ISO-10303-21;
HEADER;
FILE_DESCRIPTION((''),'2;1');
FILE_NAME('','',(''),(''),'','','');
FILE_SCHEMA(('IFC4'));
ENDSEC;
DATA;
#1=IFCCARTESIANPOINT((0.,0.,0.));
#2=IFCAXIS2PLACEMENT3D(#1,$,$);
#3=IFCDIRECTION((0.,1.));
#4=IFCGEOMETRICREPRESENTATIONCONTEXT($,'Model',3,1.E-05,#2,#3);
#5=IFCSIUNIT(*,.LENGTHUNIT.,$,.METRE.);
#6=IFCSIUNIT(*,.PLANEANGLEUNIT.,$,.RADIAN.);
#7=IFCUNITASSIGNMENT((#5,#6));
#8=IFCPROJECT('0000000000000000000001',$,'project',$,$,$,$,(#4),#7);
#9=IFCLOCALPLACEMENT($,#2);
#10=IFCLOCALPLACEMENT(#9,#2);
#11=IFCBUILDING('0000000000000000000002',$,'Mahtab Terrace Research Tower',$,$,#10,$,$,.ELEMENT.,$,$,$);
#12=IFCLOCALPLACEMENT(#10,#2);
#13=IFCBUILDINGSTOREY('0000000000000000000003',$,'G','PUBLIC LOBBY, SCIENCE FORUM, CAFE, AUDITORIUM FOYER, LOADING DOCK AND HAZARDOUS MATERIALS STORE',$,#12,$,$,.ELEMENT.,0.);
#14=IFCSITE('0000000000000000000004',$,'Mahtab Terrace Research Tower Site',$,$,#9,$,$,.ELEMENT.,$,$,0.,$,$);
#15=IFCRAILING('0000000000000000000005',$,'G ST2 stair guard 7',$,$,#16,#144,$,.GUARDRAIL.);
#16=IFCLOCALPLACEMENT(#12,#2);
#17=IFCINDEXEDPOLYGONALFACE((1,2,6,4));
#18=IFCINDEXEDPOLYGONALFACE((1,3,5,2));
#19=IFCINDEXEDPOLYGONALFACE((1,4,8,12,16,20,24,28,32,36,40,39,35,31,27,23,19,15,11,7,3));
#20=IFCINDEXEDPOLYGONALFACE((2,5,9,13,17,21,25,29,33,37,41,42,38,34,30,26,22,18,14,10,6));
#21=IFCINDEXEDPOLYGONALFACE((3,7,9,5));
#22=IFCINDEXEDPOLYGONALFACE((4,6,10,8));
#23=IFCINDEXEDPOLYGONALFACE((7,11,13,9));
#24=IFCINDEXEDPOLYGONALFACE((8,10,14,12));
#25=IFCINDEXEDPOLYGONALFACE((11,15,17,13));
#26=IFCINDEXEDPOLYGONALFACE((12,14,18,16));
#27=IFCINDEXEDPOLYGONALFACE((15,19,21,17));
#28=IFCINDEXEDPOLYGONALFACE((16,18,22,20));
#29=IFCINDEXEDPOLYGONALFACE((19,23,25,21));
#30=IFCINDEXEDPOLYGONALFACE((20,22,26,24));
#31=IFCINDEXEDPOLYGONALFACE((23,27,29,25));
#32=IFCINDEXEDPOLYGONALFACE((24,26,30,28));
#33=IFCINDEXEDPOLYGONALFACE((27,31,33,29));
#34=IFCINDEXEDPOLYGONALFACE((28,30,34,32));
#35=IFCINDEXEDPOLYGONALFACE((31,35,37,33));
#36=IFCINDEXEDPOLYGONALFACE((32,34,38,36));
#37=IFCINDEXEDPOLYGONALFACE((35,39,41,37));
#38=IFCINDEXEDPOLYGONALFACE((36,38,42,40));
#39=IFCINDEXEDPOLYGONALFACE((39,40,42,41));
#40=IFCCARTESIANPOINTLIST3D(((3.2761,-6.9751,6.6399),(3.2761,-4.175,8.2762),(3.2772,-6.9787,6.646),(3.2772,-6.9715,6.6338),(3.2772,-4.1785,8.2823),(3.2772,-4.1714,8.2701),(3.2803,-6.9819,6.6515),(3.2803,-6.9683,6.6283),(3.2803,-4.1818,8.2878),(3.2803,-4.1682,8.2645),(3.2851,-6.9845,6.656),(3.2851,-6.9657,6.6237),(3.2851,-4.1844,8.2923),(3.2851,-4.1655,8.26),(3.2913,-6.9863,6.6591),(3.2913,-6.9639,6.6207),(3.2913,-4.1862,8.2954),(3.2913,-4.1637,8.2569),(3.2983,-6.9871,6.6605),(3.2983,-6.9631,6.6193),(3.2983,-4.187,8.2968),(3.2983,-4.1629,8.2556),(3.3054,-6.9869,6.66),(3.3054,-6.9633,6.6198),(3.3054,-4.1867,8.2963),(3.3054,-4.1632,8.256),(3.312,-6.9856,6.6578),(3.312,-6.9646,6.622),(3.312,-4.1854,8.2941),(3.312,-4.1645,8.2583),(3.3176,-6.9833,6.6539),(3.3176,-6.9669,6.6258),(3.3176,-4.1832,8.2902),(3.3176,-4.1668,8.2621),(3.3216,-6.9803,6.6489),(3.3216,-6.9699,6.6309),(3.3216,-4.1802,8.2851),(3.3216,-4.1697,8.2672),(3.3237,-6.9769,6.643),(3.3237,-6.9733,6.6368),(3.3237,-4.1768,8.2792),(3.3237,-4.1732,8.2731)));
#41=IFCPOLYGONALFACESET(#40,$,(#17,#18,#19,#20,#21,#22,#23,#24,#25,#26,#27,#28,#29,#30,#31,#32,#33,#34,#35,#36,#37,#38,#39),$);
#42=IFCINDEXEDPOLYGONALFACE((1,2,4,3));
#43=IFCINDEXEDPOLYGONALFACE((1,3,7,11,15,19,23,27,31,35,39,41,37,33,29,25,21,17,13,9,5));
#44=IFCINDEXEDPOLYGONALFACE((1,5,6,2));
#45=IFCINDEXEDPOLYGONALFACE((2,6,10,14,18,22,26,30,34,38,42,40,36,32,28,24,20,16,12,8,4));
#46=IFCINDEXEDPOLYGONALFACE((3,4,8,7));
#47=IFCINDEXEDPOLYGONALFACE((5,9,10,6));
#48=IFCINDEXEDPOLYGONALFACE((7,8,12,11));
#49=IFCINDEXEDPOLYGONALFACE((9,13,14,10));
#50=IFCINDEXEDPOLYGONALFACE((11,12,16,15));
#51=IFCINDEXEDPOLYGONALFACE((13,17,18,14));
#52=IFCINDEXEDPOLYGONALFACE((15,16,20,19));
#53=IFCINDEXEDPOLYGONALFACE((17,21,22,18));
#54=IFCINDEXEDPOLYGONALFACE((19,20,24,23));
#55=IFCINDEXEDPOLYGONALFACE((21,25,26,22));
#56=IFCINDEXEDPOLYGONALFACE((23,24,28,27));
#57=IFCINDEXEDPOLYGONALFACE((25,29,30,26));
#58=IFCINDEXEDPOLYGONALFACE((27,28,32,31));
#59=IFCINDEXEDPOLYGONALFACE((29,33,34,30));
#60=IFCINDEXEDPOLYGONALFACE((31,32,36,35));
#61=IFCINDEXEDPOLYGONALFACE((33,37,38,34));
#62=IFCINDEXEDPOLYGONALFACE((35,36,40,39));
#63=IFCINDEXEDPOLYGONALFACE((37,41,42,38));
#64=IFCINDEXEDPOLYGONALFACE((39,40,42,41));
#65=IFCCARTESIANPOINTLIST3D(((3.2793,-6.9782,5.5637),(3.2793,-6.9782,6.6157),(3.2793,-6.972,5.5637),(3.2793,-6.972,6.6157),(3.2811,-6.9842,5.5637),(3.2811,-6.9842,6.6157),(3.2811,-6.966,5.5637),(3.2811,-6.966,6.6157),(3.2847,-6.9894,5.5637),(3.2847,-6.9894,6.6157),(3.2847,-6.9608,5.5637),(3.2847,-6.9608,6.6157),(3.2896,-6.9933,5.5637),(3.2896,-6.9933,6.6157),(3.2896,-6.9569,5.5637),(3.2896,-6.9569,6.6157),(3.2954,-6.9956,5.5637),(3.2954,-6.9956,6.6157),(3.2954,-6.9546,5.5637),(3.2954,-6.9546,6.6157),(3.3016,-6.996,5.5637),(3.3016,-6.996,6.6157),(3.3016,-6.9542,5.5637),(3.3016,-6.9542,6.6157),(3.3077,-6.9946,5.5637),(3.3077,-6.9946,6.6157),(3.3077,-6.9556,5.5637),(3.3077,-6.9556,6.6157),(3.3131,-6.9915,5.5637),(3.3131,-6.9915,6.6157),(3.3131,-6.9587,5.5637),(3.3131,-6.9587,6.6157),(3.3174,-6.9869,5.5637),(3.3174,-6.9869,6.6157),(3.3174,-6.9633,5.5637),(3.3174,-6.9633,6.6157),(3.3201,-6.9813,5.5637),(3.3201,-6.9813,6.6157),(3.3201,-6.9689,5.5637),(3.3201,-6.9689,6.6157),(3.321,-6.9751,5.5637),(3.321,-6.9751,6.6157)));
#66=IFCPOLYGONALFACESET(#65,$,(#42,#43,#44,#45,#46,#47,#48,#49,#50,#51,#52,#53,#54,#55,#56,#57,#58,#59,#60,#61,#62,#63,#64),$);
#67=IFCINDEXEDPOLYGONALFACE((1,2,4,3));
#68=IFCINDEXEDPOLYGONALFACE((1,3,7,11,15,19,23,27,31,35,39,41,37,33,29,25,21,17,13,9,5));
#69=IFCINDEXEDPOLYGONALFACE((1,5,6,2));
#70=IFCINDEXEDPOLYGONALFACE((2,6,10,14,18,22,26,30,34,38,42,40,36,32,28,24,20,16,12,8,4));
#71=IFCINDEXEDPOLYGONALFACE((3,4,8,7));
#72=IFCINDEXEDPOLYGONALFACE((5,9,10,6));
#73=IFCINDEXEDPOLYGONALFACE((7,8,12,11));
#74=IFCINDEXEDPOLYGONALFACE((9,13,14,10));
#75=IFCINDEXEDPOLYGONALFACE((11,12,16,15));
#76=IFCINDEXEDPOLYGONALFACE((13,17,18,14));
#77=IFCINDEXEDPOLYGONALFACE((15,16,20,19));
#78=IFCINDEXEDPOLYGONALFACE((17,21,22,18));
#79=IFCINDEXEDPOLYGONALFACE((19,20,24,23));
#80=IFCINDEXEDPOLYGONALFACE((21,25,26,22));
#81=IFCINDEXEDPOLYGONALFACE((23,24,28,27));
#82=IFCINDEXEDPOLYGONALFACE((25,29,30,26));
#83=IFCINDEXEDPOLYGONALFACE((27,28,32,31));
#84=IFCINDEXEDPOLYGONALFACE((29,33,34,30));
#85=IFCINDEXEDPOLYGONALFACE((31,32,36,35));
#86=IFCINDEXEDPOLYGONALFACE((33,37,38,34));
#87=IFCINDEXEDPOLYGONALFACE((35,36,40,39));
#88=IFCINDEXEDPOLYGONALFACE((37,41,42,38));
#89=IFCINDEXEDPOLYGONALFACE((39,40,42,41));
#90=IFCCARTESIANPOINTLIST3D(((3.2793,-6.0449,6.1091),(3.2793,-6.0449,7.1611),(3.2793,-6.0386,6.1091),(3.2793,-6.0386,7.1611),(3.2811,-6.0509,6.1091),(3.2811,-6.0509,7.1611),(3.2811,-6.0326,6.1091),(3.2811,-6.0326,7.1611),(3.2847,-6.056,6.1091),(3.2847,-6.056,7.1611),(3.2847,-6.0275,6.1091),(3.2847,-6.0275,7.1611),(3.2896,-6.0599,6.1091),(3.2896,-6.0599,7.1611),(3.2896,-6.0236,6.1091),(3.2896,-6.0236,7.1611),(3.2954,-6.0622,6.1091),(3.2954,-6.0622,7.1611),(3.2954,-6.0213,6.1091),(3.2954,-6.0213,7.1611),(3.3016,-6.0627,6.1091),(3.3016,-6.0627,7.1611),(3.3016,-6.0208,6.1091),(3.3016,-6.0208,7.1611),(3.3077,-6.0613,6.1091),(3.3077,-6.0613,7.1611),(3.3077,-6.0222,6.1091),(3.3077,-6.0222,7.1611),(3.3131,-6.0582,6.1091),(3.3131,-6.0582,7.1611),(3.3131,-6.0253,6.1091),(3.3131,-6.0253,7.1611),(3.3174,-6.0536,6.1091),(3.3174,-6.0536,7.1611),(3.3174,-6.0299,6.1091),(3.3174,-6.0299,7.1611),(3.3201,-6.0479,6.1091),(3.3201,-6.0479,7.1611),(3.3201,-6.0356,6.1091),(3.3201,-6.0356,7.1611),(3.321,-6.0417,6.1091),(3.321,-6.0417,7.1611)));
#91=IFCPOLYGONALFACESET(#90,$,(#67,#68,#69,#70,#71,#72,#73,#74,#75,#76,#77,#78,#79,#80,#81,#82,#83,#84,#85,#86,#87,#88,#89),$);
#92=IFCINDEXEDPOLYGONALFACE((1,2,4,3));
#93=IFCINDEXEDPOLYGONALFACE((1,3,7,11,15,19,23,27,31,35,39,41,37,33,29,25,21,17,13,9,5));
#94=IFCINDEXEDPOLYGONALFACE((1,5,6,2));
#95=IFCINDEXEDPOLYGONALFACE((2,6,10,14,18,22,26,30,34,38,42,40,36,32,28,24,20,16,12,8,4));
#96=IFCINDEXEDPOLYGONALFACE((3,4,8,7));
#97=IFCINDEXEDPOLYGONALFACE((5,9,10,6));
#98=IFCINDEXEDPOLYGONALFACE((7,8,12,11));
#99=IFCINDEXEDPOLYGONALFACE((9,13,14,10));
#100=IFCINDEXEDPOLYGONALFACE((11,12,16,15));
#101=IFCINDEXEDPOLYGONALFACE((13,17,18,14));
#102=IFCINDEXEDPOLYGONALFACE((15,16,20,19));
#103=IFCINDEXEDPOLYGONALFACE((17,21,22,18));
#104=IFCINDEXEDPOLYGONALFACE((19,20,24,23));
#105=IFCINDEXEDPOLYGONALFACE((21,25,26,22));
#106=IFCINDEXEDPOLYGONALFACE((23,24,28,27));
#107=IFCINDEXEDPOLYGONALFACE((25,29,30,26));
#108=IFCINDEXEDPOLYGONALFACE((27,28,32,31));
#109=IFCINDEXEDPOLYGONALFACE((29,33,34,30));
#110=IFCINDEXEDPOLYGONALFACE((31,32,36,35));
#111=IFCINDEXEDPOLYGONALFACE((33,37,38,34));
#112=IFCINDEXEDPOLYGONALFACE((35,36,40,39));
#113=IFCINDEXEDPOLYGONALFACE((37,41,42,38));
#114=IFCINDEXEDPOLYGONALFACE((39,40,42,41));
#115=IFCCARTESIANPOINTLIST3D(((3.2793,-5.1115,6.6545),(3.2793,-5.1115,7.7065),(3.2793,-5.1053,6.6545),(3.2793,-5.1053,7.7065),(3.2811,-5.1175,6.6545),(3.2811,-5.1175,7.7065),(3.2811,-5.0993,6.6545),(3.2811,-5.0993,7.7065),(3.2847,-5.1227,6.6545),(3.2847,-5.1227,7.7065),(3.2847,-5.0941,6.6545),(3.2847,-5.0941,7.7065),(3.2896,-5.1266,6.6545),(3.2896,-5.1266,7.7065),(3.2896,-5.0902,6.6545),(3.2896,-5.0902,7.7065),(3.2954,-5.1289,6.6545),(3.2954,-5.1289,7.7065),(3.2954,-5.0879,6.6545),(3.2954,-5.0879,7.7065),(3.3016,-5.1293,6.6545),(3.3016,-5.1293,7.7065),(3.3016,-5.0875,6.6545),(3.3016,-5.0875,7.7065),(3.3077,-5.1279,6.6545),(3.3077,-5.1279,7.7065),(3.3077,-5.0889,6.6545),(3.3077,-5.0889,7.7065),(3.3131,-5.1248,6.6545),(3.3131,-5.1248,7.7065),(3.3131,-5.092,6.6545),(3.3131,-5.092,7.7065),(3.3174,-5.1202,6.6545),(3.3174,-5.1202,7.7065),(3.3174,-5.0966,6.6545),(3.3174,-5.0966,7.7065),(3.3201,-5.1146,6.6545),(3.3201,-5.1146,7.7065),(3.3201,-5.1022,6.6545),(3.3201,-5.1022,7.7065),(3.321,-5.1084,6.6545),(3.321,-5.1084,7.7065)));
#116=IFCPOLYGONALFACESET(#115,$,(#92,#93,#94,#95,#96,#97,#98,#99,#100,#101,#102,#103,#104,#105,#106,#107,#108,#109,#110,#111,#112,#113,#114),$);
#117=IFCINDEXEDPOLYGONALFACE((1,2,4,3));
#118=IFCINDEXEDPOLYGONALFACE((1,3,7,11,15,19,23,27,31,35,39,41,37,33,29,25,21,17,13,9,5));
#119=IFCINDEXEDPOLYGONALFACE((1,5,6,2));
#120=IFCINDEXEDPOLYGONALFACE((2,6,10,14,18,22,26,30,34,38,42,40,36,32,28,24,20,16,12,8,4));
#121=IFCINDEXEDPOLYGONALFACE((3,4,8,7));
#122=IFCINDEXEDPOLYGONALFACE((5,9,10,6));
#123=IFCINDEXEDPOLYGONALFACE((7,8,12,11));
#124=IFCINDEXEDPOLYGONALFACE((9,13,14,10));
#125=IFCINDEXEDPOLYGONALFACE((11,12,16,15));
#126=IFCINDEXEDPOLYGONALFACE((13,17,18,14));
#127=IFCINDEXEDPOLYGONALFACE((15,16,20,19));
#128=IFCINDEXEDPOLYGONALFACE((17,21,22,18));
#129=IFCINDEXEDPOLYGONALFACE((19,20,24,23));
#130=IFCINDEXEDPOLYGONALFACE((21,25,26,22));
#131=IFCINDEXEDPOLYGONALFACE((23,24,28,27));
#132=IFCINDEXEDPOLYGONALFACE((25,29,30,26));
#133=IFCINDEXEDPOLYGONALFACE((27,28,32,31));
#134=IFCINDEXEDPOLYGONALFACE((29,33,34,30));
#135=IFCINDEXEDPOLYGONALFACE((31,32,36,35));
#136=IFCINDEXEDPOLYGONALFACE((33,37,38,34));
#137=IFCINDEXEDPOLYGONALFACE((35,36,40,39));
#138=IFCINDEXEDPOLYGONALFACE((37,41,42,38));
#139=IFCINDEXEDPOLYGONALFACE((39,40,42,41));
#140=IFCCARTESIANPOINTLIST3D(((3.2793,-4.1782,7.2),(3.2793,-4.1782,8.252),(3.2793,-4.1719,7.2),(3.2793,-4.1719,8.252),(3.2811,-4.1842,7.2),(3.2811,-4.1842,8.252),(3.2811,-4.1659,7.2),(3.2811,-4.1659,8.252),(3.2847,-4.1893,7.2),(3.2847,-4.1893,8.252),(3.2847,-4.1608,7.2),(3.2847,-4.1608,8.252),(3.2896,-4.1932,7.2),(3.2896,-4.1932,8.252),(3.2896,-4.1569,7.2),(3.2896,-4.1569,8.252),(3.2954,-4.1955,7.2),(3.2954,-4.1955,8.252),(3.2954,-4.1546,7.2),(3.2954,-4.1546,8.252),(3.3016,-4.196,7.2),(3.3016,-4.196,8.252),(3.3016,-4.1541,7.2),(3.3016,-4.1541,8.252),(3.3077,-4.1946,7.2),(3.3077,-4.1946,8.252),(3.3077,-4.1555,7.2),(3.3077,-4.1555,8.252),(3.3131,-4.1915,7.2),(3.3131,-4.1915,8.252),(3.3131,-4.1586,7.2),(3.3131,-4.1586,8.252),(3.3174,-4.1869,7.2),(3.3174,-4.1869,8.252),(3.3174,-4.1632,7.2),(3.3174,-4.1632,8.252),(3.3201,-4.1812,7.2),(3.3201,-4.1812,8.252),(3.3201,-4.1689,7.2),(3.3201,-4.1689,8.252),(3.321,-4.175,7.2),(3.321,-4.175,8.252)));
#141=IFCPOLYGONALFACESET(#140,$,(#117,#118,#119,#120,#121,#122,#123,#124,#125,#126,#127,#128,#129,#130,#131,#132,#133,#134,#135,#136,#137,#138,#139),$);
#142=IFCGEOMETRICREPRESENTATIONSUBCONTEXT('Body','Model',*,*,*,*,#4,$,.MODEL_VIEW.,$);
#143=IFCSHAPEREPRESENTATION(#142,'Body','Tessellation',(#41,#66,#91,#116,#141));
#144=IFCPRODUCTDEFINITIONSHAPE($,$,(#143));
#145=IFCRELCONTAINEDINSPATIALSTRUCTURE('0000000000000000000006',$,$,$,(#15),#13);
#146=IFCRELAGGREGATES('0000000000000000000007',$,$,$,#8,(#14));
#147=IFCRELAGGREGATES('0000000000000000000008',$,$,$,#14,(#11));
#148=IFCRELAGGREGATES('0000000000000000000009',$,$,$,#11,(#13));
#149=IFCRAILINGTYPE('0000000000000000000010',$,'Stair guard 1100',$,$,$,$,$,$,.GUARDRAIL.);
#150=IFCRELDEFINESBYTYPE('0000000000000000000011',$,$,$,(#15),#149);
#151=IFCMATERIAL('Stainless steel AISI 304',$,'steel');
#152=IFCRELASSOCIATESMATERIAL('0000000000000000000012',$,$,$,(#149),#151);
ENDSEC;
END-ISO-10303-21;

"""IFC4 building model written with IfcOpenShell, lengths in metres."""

from ifc_helpers import new_model, si_unit, direction, frame, origin, origin_2d, place, context, subcontext, project, spatial, circle, extrude, material, type_object, element, save


model = new_model("IFC4")

# Units and contexts
model_context = context("Model", 3, precision=1e-05, world=origin(), true_north=direction((0.0, 1.0)))
body_context = subcontext(model_context, "Body", "Model", "MODEL_VIEW")
ifc_project = project(units=[si_unit("LENGTHUNIT", "METRE"), si_unit("PLANEANGLEUNIT", "RADIAN")], contexts=[model_context])

# Site, building, storey
site_placement = place(None, origin())
site = spatial("IfcSite", under=ifc_project, at=site_placement, Name="Mahtab Terrace Research Tower Site", CompositionType="ELEMENT", RefElevation=0.0)
building_placement = place(site_placement, origin())
building = spatial("IfcBuilding", under=site, at=building_placement, Name="Mahtab Terrace Research Tower", CompositionType="ELEMENT")
storey_placement = place(building_placement, origin())
storey = spatial("IfcBuildingStorey", under=building, at=storey_placement, Name="G", Description="PUBLIC LOBBY, SCIENCE FORUM, CAFE, AUDITORIUM FOYER, LOADING DOCK AND HAZARDOUS MATERIALS STORE", CompositionType="ELEMENT", Elevation=0.0)

# Railing
ifc_material_1 = material(Name="Stainless steel AISI 304", Category="steel")
railing_type_1 = type_object("IfcRailingType", Name="Stair guard 1100", PredefinedType="GUARDRAIL", material=ifc_material_1)
railing_1_placement = place(storey_placement, frame((3.3, -6.9751, 5.5637)))
element("IfcRailing", 1, at=railing_1_placement, inside=storey, type_object=railing_type_1, Name="G ST2 stair guard 7", PredefinedType="GUARDRAIL", context=body_context, shape_type="SweptSolid", body=[
    extrude(circle(Radius=0.0239, at=origin_2d()), frame((0.0, 0.0, 1.0762), z_axis=(0.0, 0.863394, 0.504531), x_axis=(-1.0, 0.0, 0.0)), (0.0, 0.0, 1.0), 3.2432),
    extrude(circle(Radius=0.021, at=origin_2d()), origin(), (0.0, 0.0, 1.0), 1.052),
    extrude(circle(Radius=0.021, at=origin_2d()), frame((0.0, 0.9333, 0.5454)), (0.0, 0.0, 1.0), 1.052),
    extrude(circle(Radius=0.021, at=origin_2d()), frame((0.0, 1.8667, 1.0908)), (0.0, 0.0, 1.0), 1.052),
    extrude(circle(Radius=0.021, at=origin_2d()), frame((0.0, 2.8, 1.6362)), (0.0, 0.0, 1.0), 1.052),
])

save(model, "model.ifc")
